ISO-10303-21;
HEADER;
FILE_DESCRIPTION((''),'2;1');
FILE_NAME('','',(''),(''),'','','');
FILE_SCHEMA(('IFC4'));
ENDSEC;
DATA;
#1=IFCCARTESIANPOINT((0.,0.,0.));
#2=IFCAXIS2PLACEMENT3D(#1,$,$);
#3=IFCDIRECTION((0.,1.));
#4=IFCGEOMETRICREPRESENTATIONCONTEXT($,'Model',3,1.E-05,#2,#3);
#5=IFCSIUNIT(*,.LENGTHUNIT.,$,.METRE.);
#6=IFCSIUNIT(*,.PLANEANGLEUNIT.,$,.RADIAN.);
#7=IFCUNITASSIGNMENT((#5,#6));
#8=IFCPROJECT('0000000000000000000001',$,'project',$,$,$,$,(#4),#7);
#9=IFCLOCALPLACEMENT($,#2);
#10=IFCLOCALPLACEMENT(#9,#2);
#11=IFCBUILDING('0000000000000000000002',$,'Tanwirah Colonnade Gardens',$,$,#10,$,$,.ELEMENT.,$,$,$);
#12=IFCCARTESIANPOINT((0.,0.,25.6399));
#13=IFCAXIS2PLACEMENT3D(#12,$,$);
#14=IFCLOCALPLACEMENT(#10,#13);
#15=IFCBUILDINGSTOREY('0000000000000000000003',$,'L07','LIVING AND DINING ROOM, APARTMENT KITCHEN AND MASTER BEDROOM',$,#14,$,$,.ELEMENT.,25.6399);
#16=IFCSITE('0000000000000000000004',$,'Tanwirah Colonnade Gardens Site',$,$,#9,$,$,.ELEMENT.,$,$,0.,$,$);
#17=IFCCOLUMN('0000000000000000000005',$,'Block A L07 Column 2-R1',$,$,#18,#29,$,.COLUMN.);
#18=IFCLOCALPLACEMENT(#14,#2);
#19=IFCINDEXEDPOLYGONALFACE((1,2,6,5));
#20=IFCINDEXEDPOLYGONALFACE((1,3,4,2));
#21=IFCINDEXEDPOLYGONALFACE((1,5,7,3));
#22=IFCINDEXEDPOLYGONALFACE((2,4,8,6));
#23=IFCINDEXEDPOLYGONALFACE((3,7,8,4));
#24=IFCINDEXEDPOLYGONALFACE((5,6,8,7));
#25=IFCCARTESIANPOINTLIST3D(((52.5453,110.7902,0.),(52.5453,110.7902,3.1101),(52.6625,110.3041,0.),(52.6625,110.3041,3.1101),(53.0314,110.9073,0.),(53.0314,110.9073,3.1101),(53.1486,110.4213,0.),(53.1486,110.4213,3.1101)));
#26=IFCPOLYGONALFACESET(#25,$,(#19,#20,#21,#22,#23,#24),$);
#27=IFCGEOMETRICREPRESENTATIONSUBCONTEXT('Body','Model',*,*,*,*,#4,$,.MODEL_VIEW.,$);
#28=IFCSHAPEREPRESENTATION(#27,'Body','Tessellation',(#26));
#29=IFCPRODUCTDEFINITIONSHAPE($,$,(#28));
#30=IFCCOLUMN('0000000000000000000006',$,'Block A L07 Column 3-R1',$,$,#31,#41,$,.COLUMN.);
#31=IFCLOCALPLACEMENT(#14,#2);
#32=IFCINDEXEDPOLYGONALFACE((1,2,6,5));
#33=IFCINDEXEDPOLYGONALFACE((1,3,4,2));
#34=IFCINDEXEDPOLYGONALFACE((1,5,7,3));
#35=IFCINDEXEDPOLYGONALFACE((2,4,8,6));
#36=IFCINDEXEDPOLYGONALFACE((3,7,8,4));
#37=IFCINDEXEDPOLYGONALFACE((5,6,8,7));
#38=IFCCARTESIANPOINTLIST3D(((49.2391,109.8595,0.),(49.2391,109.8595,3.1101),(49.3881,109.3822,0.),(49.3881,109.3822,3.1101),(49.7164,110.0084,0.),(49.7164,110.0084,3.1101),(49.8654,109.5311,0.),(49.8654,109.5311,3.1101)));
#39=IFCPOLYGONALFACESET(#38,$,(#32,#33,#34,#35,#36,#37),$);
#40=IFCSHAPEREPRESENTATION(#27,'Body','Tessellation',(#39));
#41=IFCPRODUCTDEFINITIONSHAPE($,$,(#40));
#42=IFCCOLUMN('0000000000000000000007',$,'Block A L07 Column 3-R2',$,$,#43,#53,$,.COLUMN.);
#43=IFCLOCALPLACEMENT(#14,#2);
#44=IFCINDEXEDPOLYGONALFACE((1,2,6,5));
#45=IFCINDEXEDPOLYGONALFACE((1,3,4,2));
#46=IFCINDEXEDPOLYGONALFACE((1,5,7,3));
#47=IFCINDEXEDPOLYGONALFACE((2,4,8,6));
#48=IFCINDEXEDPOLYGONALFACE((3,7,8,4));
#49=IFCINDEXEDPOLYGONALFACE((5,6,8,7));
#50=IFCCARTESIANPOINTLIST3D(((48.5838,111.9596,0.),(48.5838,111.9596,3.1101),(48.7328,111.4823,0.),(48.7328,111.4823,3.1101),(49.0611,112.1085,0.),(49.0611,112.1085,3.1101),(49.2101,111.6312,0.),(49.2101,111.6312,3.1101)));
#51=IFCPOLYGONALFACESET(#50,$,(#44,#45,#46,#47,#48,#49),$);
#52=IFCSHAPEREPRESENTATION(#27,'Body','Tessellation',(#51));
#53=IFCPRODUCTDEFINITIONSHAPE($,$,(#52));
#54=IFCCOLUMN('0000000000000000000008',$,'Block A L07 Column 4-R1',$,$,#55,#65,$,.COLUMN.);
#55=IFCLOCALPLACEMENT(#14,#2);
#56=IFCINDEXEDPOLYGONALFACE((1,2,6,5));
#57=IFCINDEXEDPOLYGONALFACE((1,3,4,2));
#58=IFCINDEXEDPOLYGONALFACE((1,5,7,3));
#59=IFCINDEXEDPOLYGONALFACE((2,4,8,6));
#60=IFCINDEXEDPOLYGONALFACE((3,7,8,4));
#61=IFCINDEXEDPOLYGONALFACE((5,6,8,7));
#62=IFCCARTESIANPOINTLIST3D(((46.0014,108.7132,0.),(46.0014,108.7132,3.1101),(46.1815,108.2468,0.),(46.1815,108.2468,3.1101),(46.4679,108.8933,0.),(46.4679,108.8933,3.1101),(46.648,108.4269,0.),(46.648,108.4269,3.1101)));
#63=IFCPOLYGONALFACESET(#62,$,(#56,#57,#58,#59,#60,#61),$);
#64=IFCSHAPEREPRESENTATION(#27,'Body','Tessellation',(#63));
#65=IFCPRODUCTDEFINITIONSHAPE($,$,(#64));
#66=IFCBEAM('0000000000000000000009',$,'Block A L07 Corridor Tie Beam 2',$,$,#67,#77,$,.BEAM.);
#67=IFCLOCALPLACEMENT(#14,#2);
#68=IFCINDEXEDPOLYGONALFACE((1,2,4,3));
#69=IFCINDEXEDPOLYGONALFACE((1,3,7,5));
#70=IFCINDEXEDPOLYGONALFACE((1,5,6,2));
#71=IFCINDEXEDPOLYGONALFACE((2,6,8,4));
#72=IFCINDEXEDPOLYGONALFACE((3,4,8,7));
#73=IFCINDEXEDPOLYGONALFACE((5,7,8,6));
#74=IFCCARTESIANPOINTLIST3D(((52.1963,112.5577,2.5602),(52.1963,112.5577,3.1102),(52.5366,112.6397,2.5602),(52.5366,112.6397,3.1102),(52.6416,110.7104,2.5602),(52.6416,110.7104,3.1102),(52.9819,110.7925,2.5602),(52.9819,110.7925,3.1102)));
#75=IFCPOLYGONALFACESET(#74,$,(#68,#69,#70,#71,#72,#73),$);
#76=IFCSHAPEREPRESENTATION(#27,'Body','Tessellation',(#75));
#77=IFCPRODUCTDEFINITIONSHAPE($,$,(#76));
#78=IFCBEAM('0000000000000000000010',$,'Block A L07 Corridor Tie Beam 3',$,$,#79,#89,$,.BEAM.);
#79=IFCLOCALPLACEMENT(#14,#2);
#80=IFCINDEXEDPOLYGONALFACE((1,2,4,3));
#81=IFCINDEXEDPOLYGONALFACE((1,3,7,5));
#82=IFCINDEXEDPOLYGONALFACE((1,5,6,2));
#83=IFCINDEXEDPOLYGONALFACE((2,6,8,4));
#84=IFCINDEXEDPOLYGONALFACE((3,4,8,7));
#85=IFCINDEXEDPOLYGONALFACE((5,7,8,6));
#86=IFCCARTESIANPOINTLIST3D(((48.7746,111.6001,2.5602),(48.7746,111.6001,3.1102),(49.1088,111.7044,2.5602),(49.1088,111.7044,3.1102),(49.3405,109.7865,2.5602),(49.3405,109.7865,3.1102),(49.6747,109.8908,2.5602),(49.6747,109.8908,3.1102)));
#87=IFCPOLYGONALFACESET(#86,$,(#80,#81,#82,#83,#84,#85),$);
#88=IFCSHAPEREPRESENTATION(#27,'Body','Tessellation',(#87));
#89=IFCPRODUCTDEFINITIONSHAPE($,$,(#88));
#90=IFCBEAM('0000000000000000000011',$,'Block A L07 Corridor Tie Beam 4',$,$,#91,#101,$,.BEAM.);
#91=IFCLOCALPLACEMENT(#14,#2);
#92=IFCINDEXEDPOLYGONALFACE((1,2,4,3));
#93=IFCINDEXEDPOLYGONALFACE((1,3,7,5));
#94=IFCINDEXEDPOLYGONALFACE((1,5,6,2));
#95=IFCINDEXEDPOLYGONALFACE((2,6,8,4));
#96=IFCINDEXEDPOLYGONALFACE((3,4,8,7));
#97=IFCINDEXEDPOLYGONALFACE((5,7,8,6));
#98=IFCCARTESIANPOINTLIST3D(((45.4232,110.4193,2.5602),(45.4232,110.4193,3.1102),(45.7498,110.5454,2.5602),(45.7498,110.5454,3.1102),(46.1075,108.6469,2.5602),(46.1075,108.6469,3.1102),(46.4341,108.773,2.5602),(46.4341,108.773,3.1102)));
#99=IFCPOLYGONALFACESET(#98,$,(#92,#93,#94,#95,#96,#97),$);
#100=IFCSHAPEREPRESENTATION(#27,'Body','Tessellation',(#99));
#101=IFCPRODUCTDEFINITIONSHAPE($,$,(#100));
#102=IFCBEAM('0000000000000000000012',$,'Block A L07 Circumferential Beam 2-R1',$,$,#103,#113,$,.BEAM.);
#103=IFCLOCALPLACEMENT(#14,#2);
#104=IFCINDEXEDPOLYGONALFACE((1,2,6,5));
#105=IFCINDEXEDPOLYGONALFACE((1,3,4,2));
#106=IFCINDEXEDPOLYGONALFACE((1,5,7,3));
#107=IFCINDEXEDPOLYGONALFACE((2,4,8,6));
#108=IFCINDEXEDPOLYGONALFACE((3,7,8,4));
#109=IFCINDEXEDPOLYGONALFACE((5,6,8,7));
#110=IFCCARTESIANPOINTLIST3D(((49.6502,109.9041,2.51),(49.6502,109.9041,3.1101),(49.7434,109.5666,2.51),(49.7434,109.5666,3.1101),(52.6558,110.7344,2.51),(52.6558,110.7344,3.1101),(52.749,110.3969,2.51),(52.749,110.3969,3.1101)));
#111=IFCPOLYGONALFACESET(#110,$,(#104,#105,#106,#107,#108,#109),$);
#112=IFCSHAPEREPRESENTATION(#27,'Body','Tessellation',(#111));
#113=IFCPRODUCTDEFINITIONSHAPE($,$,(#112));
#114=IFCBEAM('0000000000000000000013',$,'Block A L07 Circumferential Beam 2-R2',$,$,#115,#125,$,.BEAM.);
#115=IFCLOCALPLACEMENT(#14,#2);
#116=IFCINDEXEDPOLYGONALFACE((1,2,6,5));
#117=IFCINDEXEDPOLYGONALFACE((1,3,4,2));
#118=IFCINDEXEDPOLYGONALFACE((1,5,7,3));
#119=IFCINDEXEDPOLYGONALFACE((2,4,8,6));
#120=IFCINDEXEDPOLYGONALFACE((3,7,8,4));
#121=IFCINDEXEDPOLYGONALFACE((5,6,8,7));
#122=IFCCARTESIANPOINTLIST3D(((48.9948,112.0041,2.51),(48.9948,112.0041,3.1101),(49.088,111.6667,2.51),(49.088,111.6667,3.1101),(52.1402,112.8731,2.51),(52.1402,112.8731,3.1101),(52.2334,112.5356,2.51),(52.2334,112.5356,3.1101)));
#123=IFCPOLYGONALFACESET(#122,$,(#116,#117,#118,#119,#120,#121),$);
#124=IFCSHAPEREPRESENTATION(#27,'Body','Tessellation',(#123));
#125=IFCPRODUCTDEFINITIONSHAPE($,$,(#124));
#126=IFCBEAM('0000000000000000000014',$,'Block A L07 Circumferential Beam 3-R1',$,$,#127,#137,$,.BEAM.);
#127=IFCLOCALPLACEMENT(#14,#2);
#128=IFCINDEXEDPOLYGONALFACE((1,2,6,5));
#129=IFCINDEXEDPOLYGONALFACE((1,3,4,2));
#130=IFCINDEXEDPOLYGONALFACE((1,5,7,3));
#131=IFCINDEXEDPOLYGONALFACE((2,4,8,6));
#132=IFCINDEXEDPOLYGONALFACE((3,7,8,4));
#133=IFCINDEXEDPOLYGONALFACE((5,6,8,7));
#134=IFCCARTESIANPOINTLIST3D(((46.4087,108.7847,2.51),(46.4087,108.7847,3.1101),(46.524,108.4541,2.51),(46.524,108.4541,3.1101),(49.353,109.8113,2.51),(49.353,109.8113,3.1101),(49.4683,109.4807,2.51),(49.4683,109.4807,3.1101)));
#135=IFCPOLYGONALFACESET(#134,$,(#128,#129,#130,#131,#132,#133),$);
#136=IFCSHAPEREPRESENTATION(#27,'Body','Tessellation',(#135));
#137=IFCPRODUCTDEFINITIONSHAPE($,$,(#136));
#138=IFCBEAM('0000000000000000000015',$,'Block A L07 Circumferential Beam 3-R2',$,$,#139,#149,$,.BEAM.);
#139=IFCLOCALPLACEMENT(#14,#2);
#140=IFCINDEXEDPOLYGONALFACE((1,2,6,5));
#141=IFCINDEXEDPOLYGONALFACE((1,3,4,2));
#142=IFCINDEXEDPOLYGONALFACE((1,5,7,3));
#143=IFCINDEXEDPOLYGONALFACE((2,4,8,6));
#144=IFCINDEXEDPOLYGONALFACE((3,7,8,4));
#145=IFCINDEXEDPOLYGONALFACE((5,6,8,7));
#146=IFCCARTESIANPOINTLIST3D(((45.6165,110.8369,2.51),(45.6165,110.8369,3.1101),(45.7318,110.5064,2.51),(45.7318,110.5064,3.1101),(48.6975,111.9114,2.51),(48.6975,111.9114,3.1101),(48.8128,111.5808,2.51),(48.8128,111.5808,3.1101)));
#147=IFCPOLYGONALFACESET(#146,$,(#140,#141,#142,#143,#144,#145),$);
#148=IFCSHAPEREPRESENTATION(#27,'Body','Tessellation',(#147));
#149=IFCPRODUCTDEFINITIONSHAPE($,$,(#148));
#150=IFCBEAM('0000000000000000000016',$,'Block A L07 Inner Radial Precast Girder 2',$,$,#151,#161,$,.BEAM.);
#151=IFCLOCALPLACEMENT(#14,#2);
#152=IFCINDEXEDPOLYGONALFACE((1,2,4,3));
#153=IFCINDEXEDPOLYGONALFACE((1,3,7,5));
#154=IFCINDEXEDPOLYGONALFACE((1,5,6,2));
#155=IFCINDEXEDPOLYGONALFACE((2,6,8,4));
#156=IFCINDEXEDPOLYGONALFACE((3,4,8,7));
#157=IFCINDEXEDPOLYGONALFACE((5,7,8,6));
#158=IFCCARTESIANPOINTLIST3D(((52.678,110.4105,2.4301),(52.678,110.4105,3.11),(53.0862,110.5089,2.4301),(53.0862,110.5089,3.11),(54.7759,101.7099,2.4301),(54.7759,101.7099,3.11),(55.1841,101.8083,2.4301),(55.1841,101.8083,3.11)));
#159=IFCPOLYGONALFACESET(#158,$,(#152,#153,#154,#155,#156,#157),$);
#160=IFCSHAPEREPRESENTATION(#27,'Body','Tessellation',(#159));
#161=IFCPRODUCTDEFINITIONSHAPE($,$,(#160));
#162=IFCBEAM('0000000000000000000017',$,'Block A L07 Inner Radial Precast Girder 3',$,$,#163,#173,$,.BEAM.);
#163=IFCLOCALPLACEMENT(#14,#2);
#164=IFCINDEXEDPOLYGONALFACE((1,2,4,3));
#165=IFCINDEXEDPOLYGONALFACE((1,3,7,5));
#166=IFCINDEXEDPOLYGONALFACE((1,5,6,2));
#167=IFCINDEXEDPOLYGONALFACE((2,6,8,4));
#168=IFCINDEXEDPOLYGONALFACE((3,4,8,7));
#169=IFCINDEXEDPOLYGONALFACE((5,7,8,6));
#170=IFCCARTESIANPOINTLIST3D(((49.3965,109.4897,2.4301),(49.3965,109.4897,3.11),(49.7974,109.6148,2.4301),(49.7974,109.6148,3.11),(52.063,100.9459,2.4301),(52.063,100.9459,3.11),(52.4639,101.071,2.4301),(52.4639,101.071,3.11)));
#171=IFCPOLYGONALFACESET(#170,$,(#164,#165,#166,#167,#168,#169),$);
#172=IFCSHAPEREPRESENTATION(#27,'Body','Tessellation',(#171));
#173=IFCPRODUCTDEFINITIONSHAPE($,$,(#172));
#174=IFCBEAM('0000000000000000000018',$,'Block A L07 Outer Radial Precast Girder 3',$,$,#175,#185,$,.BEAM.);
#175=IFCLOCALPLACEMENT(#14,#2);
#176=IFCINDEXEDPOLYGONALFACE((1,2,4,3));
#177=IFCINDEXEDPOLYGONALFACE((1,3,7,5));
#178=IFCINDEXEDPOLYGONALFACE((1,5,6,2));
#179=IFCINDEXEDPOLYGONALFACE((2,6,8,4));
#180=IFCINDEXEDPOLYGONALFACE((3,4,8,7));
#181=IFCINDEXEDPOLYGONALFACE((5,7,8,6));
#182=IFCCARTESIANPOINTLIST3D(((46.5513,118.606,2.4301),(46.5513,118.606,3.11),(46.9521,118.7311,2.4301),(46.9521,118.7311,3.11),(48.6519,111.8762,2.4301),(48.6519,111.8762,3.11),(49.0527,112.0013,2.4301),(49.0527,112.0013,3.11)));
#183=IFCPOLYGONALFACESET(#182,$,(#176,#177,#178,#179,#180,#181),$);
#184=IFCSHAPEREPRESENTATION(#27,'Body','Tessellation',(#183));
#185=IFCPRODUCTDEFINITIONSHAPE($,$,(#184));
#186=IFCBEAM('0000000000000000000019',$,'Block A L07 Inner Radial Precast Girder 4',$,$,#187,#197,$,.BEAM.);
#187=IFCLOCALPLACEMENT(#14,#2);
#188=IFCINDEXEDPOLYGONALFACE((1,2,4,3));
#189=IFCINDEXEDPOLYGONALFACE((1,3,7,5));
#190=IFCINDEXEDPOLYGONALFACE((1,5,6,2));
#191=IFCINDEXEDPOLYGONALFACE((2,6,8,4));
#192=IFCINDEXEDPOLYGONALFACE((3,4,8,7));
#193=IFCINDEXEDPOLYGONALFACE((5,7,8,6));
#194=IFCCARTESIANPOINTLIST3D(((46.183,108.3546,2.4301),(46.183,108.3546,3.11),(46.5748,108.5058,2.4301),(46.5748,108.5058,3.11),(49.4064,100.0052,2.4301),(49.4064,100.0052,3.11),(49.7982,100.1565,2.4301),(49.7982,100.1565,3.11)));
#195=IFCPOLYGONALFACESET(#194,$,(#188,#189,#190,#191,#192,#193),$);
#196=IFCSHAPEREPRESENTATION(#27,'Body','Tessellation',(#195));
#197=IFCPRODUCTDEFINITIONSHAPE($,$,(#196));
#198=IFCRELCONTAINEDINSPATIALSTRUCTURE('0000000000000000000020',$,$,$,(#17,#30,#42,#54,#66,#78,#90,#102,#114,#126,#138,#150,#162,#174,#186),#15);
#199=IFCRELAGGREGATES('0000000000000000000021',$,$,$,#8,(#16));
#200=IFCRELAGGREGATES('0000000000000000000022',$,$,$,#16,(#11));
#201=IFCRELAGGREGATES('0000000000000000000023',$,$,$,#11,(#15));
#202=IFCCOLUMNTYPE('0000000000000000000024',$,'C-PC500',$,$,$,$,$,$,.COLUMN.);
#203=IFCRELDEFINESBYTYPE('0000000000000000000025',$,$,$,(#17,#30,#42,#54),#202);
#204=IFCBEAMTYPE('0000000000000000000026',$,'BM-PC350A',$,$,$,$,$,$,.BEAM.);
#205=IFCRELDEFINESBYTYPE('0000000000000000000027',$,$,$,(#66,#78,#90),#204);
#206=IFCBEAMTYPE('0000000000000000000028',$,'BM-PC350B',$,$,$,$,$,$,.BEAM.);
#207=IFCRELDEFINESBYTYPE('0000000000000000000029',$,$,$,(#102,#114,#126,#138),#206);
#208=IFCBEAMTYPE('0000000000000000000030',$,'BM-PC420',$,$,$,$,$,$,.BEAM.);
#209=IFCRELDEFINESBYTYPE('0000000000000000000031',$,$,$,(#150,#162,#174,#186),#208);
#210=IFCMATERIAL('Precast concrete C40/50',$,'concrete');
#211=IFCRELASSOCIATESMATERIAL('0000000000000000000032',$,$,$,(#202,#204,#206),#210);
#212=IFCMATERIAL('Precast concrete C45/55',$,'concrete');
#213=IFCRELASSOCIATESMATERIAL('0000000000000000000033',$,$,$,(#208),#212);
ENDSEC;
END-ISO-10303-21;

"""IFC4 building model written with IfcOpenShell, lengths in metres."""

from ifc_helpers import new_model, si_unit, direction, frame, origin, origin_2d, place, context, subcontext, project, spatial, rectangle, extrude, material, material_profile, profile_set, type_object, element, save


model = new_model("IFC4")

# Units and contexts
model_context = context("Model", 3, precision=1e-05, world=origin(), true_north=direction((0.0, 1.0)))
body_context = subcontext(model_context, "Body", "Model", "MODEL_VIEW")
ifc_project = project(units=[si_unit("LENGTHUNIT", "METRE"), si_unit("PLANEANGLEUNIT", "RADIAN")], contexts=[model_context])

# Site, building, storey
site_placement = place(None, origin())
site = spatial("IfcSite", under=ifc_project, at=site_placement, Name="Tanwirah Colonnade Gardens Site", CompositionType="ELEMENT", RefElevation=0.0)
building_placement = place(site_placement, origin())
building = spatial("IfcBuilding", under=site, at=building_placement, Name="Tanwirah Colonnade Gardens", CompositionType="ELEMENT")
storey_placement = place(building_placement, frame((0.0, 0.0, 25.6399)))
storey = spatial("IfcBuildingStorey", under=building, at=storey_placement, Name="L07", Description="LIVING AND DINING ROOM, APARTMENT KITCHEN AND MASTER BEDROOM", CompositionType="ELEMENT", Elevation=25.6399)

# Columns
ifc_material_1 = material(Name="Precast concrete C40/50", Category="concrete")
ifc_material_profile_1 = material_profile(ifc_material_1, rectangle(XDim=0.5, YDim=0.5, at=origin_2d()), Name="PC-COL 500x500")
ifc_profile_set_1 = profile_set([ifc_material_profile_1], Name="Precast concrete C40/50")
column_type = type_object("IfcColumnType", Name="C-PC500", PredefinedType="COLUMN", material=ifc_profile_set_1)
for number, where, z_axis, x_axis, name in (
    (1, (52.8469, 110.6057, 0.0), (0.0, 0.0, 1.0), (-0.234388, 0.972143, 0.0), "Block A L07 Column 2-R1"),
    (2, (49.5522, 109.6953, 0.0), (0.0, 0.0, 1.0), (-0.29793, 0.954588, 0.0), "Block A L07 Column 3-R1"),
    (3, (48.897, 111.7954, 0.0), (0.0, 0.0, 1.0), (-0.29793, 0.954588, 0.0), "Block A L07 Column 3-R2"),
    (4, (46.3247, 108.5701, 0.0), (0.0, 0.0, 1.0), (-0.360178, 0.932884, 0.0), "Block A L07 Column 4-R1"),
):
    element("IfcColumn", number, at=place(storey_placement, frame(where, z_axis=z_axis, x_axis=x_axis)), inside=storey, type_object=column_type, Name=name, PredefinedType="COLUMN", context=body_context, shape_type="SweptSolid", body=[
        extrude(rectangle(XDim=0.5, YDim=0.5, at=origin_2d()), origin(), (0.0, 0.0, 1.0), 3.1101),
    ])

# Beams
ifc_material_profile_2 = material_profile(ifc_material_1, rectangle(XDim=0.3501, YDim=0.55, at=origin_2d()), Name="PC-BM 350x550")
ifc_profile_set_2 = profile_set([ifc_material_profile_2], Name="Precast concrete C40/50")
beam_type_1 = type_object("IfcBeamType", Name="BM-PC350A", PredefinedType="BEAM", material=ifc_profile_set_2)
beam_1_placement = place(storey_placement, frame((52.8118, 110.7515, 2.8352), z_axis=(-0.234364, 0.972149, 0.0), x_axis=(-0.972149, -0.234364, 0.0)))
element("IfcBeam", 5, at=beam_1_placement, inside=storey, type_object=beam_type_1, Name="Block A L07 Corridor Tie Beam 2", PredefinedType="BEAM", context=body_context, shape_type="SweptSolid", body=[
    extrude(rectangle(XDim=0.3501, YDim=0.55, at=origin_2d()), origin(), (0.0, 0.0, 1.0), 1.9001),
])
for number, where, z_axis, x_axis, name in (
    (6, (49.5076, 109.8386, 2.8352), (-0.297858, 0.95461, 0.0), (-0.95461, -0.297858, 0.0), "Block A L07 Corridor Tie Beam 3"),
    (7, (46.2708, 108.71, 2.8352), (-0.360176, 0.932885, 0.0), (-0.932885, -0.360176, 0.0), "Block A L07 Corridor Tie Beam 4"),
):
    element("IfcBeam", number, at=place(storey_placement, frame(where, z_axis=z_axis, x_axis=x_axis)), inside=storey, type_object=beam_type_1, Name=name, PredefinedType="BEAM", context=body_context, shape_type="SweptSolid", body=[
        extrude(rectangle(XDim=0.3501, YDim=0.55, at=origin_2d()), origin(), (0.0, 0.0, 1.0), 1.8999),
    ])
ifc_material_profile_3 = material_profile(ifc_material_1, rectangle(XDim=0.3501, YDim=0.6001, at=origin_2d()), Name="PC-BM 350x600")
ifc_profile_set_3 = profile_set([ifc_material_profile_3], Name="Precast concrete C40/50")
beam_type_2 = type_object("IfcBeamType", Name="BM-PC350B", PredefinedType="BEAM", material=ifc_profile_set_3)
beam_2_placement = place(storey_placement, frame((52.7024, 110.5657, 2.8101), z_axis=(-0.963895, -0.266283, 0.0), x_axis=(0.266283, -0.963895, 0.0)))
element("IfcBeam", 8, at=beam_2_placement, inside=storey, type_object=beam_type_2, Name="Block A L07 Circumferential Beam 2-R1", PredefinedType="BEAM", context=body_context, shape_type="SweptSolid", body=[
    extrude(rectangle(XDim=0.3501, YDim=0.6001, at=origin_2d()), origin(), (0.0, 0.0, 1.0), 3.1182),
])
beam_3_placement = place(storey_placement, frame((52.1868, 112.7043, 2.8101), z_axis=(-0.963895, -0.266281, 0.0), x_axis=(0.266281, -0.963895, 0.0)))
element("IfcBeam", 9, at=beam_3_placement, inside=storey, type_object=beam_type_2, Name="Block A L07 Circumferential Beam 2-R2", PredefinedType="BEAM", context=body_context, shape_type="SweptSolid", body=[
    extrude(rectangle(XDim=0.3501, YDim=0.6001, at=origin_2d()), origin(), (0.0, 0.0, 1.0), 3.2632),
])
beam_4_placement = place(storey_placement, frame((49.4106, 109.646, 2.8101), z_axis=(-0.944248, -0.329234, 0.0), x_axis=(0.329234, -0.944248, 0.0)))
element("IfcBeam", 10, at=beam_4_placement, inside=storey, type_object=beam_type_2, Name="Block A L07 Circumferential Beam 3-R1", PredefinedType="BEAM", context=body_context, shape_type="SweptSolid", body=[
    extrude(rectangle(XDim=0.3501, YDim=0.6001, at=origin_2d()), origin(), (0.0, 0.0, 1.0), 3.1182),
])
beam_5_placement = place(storey_placement, frame((48.7551, 111.7461, 2.8101), z_axis=(-0.944231, -0.329284, 0.0), x_axis=(0.329284, -0.944231, 0.0)))
element("IfcBeam", 11, at=beam_5_placement, inside=storey, type_object=beam_type_2, Name="Block A L07 Circumferential Beam 3-R2", PredefinedType="BEAM", context=body_context, shape_type="SweptSolid", body=[
    extrude(rectangle(XDim=0.3501, YDim=0.6001, at=origin_2d()), origin(), (0.0, 0.0, 1.0), 3.2629),
])
ifc_material_2 = material(Name="Precast concrete C45/55", Category="concrete")
ifc_material_profile_4 = material_profile(ifc_material_2, rectangle(XDim=0.4199, YDim=0.6799, at=origin_2d()), Name="PC-BM 420x680")
ifc_profile_set_4 = profile_set([ifc_material_profile_4], Name="Precast concrete C45/55")
beam_type_3 = type_object("IfcBeamType", Name="BM-PC420", PredefinedType="BEAM", material=ifc_profile_set_4)
beam_6_placement = place(storey_placement, frame((52.8821, 110.4597, 2.77), z_axis=(0.234401, -0.97214, 0.0), x_axis=(0.97214, 0.234401, 0.0)))
element("IfcBeam", 12, at=beam_6_placement, inside=storey, type_object=beam_type_3, Name="Block A L07 Inner Radial Precast Girder 2", PredefinedType="BEAM", context=body_context, shape_type="SweptSolid", body=[
    extrude(rectangle(XDim=0.4199, YDim=0.6799, at=origin_2d()), origin(), (0.0, 0.0, 1.0), 8.95),
])
beam_7_placement = place(storey_placement, frame((49.5969, 109.5522, 2.77), z_axis=(0.297929, -0.954588, 0.0), x_axis=(0.954588, 0.297929, 0.0)))
element("IfcBeam", 13, at=beam_7_placement, inside=storey, type_object=beam_type_3, Name="Block A L07 Inner Radial Precast Girder 3", PredefinedType="BEAM", context=body_context, shape_type="SweptSolid", body=[
    extrude(rectangle(XDim=0.4199, YDim=0.6799, at=origin_2d()), origin(), (0.0, 0.0, 1.0), 8.9502),
])
beam_8_placement = place(storey_placement, frame((48.8523, 111.9387, 2.77), z_axis=(-0.297958, 0.954579, 0.0), x_axis=(-0.954579, -0.297958, 0.0)))
element("IfcBeam", 14, at=beam_8_placement, inside=storey, type_object=beam_type_3, Name="Block A L07 Outer Radial Precast Girder 3", PredefinedType="BEAM", context=body_context, shape_type="SweptSolid", body=[
    extrude(rectangle(XDim=0.4199, YDim=0.6799, at=origin_2d()), origin(), (0.0, 0.0, 1.0), 7.05),
])
beam_9_placement = place(storey_placement, frame((46.3789, 108.4302, 2.77), z_axis=(0.360156, -0.932892, 0.0), x_axis=(0.932892, 0.360156, 0.0)))
element("IfcBeam", 15, at=beam_9_placement, inside=storey, type_object=beam_type_3, Name="Block A L07 Inner Radial Precast Girder 4", PredefinedType="BEAM", context=body_context, shape_type="SweptSolid", body=[
    extrude(rectangle(XDim=0.4199, YDim=0.6799, at=origin_2d()), origin(), (0.0, 0.0, 1.0), 8.95),
])

save(model, "model.ifc")
